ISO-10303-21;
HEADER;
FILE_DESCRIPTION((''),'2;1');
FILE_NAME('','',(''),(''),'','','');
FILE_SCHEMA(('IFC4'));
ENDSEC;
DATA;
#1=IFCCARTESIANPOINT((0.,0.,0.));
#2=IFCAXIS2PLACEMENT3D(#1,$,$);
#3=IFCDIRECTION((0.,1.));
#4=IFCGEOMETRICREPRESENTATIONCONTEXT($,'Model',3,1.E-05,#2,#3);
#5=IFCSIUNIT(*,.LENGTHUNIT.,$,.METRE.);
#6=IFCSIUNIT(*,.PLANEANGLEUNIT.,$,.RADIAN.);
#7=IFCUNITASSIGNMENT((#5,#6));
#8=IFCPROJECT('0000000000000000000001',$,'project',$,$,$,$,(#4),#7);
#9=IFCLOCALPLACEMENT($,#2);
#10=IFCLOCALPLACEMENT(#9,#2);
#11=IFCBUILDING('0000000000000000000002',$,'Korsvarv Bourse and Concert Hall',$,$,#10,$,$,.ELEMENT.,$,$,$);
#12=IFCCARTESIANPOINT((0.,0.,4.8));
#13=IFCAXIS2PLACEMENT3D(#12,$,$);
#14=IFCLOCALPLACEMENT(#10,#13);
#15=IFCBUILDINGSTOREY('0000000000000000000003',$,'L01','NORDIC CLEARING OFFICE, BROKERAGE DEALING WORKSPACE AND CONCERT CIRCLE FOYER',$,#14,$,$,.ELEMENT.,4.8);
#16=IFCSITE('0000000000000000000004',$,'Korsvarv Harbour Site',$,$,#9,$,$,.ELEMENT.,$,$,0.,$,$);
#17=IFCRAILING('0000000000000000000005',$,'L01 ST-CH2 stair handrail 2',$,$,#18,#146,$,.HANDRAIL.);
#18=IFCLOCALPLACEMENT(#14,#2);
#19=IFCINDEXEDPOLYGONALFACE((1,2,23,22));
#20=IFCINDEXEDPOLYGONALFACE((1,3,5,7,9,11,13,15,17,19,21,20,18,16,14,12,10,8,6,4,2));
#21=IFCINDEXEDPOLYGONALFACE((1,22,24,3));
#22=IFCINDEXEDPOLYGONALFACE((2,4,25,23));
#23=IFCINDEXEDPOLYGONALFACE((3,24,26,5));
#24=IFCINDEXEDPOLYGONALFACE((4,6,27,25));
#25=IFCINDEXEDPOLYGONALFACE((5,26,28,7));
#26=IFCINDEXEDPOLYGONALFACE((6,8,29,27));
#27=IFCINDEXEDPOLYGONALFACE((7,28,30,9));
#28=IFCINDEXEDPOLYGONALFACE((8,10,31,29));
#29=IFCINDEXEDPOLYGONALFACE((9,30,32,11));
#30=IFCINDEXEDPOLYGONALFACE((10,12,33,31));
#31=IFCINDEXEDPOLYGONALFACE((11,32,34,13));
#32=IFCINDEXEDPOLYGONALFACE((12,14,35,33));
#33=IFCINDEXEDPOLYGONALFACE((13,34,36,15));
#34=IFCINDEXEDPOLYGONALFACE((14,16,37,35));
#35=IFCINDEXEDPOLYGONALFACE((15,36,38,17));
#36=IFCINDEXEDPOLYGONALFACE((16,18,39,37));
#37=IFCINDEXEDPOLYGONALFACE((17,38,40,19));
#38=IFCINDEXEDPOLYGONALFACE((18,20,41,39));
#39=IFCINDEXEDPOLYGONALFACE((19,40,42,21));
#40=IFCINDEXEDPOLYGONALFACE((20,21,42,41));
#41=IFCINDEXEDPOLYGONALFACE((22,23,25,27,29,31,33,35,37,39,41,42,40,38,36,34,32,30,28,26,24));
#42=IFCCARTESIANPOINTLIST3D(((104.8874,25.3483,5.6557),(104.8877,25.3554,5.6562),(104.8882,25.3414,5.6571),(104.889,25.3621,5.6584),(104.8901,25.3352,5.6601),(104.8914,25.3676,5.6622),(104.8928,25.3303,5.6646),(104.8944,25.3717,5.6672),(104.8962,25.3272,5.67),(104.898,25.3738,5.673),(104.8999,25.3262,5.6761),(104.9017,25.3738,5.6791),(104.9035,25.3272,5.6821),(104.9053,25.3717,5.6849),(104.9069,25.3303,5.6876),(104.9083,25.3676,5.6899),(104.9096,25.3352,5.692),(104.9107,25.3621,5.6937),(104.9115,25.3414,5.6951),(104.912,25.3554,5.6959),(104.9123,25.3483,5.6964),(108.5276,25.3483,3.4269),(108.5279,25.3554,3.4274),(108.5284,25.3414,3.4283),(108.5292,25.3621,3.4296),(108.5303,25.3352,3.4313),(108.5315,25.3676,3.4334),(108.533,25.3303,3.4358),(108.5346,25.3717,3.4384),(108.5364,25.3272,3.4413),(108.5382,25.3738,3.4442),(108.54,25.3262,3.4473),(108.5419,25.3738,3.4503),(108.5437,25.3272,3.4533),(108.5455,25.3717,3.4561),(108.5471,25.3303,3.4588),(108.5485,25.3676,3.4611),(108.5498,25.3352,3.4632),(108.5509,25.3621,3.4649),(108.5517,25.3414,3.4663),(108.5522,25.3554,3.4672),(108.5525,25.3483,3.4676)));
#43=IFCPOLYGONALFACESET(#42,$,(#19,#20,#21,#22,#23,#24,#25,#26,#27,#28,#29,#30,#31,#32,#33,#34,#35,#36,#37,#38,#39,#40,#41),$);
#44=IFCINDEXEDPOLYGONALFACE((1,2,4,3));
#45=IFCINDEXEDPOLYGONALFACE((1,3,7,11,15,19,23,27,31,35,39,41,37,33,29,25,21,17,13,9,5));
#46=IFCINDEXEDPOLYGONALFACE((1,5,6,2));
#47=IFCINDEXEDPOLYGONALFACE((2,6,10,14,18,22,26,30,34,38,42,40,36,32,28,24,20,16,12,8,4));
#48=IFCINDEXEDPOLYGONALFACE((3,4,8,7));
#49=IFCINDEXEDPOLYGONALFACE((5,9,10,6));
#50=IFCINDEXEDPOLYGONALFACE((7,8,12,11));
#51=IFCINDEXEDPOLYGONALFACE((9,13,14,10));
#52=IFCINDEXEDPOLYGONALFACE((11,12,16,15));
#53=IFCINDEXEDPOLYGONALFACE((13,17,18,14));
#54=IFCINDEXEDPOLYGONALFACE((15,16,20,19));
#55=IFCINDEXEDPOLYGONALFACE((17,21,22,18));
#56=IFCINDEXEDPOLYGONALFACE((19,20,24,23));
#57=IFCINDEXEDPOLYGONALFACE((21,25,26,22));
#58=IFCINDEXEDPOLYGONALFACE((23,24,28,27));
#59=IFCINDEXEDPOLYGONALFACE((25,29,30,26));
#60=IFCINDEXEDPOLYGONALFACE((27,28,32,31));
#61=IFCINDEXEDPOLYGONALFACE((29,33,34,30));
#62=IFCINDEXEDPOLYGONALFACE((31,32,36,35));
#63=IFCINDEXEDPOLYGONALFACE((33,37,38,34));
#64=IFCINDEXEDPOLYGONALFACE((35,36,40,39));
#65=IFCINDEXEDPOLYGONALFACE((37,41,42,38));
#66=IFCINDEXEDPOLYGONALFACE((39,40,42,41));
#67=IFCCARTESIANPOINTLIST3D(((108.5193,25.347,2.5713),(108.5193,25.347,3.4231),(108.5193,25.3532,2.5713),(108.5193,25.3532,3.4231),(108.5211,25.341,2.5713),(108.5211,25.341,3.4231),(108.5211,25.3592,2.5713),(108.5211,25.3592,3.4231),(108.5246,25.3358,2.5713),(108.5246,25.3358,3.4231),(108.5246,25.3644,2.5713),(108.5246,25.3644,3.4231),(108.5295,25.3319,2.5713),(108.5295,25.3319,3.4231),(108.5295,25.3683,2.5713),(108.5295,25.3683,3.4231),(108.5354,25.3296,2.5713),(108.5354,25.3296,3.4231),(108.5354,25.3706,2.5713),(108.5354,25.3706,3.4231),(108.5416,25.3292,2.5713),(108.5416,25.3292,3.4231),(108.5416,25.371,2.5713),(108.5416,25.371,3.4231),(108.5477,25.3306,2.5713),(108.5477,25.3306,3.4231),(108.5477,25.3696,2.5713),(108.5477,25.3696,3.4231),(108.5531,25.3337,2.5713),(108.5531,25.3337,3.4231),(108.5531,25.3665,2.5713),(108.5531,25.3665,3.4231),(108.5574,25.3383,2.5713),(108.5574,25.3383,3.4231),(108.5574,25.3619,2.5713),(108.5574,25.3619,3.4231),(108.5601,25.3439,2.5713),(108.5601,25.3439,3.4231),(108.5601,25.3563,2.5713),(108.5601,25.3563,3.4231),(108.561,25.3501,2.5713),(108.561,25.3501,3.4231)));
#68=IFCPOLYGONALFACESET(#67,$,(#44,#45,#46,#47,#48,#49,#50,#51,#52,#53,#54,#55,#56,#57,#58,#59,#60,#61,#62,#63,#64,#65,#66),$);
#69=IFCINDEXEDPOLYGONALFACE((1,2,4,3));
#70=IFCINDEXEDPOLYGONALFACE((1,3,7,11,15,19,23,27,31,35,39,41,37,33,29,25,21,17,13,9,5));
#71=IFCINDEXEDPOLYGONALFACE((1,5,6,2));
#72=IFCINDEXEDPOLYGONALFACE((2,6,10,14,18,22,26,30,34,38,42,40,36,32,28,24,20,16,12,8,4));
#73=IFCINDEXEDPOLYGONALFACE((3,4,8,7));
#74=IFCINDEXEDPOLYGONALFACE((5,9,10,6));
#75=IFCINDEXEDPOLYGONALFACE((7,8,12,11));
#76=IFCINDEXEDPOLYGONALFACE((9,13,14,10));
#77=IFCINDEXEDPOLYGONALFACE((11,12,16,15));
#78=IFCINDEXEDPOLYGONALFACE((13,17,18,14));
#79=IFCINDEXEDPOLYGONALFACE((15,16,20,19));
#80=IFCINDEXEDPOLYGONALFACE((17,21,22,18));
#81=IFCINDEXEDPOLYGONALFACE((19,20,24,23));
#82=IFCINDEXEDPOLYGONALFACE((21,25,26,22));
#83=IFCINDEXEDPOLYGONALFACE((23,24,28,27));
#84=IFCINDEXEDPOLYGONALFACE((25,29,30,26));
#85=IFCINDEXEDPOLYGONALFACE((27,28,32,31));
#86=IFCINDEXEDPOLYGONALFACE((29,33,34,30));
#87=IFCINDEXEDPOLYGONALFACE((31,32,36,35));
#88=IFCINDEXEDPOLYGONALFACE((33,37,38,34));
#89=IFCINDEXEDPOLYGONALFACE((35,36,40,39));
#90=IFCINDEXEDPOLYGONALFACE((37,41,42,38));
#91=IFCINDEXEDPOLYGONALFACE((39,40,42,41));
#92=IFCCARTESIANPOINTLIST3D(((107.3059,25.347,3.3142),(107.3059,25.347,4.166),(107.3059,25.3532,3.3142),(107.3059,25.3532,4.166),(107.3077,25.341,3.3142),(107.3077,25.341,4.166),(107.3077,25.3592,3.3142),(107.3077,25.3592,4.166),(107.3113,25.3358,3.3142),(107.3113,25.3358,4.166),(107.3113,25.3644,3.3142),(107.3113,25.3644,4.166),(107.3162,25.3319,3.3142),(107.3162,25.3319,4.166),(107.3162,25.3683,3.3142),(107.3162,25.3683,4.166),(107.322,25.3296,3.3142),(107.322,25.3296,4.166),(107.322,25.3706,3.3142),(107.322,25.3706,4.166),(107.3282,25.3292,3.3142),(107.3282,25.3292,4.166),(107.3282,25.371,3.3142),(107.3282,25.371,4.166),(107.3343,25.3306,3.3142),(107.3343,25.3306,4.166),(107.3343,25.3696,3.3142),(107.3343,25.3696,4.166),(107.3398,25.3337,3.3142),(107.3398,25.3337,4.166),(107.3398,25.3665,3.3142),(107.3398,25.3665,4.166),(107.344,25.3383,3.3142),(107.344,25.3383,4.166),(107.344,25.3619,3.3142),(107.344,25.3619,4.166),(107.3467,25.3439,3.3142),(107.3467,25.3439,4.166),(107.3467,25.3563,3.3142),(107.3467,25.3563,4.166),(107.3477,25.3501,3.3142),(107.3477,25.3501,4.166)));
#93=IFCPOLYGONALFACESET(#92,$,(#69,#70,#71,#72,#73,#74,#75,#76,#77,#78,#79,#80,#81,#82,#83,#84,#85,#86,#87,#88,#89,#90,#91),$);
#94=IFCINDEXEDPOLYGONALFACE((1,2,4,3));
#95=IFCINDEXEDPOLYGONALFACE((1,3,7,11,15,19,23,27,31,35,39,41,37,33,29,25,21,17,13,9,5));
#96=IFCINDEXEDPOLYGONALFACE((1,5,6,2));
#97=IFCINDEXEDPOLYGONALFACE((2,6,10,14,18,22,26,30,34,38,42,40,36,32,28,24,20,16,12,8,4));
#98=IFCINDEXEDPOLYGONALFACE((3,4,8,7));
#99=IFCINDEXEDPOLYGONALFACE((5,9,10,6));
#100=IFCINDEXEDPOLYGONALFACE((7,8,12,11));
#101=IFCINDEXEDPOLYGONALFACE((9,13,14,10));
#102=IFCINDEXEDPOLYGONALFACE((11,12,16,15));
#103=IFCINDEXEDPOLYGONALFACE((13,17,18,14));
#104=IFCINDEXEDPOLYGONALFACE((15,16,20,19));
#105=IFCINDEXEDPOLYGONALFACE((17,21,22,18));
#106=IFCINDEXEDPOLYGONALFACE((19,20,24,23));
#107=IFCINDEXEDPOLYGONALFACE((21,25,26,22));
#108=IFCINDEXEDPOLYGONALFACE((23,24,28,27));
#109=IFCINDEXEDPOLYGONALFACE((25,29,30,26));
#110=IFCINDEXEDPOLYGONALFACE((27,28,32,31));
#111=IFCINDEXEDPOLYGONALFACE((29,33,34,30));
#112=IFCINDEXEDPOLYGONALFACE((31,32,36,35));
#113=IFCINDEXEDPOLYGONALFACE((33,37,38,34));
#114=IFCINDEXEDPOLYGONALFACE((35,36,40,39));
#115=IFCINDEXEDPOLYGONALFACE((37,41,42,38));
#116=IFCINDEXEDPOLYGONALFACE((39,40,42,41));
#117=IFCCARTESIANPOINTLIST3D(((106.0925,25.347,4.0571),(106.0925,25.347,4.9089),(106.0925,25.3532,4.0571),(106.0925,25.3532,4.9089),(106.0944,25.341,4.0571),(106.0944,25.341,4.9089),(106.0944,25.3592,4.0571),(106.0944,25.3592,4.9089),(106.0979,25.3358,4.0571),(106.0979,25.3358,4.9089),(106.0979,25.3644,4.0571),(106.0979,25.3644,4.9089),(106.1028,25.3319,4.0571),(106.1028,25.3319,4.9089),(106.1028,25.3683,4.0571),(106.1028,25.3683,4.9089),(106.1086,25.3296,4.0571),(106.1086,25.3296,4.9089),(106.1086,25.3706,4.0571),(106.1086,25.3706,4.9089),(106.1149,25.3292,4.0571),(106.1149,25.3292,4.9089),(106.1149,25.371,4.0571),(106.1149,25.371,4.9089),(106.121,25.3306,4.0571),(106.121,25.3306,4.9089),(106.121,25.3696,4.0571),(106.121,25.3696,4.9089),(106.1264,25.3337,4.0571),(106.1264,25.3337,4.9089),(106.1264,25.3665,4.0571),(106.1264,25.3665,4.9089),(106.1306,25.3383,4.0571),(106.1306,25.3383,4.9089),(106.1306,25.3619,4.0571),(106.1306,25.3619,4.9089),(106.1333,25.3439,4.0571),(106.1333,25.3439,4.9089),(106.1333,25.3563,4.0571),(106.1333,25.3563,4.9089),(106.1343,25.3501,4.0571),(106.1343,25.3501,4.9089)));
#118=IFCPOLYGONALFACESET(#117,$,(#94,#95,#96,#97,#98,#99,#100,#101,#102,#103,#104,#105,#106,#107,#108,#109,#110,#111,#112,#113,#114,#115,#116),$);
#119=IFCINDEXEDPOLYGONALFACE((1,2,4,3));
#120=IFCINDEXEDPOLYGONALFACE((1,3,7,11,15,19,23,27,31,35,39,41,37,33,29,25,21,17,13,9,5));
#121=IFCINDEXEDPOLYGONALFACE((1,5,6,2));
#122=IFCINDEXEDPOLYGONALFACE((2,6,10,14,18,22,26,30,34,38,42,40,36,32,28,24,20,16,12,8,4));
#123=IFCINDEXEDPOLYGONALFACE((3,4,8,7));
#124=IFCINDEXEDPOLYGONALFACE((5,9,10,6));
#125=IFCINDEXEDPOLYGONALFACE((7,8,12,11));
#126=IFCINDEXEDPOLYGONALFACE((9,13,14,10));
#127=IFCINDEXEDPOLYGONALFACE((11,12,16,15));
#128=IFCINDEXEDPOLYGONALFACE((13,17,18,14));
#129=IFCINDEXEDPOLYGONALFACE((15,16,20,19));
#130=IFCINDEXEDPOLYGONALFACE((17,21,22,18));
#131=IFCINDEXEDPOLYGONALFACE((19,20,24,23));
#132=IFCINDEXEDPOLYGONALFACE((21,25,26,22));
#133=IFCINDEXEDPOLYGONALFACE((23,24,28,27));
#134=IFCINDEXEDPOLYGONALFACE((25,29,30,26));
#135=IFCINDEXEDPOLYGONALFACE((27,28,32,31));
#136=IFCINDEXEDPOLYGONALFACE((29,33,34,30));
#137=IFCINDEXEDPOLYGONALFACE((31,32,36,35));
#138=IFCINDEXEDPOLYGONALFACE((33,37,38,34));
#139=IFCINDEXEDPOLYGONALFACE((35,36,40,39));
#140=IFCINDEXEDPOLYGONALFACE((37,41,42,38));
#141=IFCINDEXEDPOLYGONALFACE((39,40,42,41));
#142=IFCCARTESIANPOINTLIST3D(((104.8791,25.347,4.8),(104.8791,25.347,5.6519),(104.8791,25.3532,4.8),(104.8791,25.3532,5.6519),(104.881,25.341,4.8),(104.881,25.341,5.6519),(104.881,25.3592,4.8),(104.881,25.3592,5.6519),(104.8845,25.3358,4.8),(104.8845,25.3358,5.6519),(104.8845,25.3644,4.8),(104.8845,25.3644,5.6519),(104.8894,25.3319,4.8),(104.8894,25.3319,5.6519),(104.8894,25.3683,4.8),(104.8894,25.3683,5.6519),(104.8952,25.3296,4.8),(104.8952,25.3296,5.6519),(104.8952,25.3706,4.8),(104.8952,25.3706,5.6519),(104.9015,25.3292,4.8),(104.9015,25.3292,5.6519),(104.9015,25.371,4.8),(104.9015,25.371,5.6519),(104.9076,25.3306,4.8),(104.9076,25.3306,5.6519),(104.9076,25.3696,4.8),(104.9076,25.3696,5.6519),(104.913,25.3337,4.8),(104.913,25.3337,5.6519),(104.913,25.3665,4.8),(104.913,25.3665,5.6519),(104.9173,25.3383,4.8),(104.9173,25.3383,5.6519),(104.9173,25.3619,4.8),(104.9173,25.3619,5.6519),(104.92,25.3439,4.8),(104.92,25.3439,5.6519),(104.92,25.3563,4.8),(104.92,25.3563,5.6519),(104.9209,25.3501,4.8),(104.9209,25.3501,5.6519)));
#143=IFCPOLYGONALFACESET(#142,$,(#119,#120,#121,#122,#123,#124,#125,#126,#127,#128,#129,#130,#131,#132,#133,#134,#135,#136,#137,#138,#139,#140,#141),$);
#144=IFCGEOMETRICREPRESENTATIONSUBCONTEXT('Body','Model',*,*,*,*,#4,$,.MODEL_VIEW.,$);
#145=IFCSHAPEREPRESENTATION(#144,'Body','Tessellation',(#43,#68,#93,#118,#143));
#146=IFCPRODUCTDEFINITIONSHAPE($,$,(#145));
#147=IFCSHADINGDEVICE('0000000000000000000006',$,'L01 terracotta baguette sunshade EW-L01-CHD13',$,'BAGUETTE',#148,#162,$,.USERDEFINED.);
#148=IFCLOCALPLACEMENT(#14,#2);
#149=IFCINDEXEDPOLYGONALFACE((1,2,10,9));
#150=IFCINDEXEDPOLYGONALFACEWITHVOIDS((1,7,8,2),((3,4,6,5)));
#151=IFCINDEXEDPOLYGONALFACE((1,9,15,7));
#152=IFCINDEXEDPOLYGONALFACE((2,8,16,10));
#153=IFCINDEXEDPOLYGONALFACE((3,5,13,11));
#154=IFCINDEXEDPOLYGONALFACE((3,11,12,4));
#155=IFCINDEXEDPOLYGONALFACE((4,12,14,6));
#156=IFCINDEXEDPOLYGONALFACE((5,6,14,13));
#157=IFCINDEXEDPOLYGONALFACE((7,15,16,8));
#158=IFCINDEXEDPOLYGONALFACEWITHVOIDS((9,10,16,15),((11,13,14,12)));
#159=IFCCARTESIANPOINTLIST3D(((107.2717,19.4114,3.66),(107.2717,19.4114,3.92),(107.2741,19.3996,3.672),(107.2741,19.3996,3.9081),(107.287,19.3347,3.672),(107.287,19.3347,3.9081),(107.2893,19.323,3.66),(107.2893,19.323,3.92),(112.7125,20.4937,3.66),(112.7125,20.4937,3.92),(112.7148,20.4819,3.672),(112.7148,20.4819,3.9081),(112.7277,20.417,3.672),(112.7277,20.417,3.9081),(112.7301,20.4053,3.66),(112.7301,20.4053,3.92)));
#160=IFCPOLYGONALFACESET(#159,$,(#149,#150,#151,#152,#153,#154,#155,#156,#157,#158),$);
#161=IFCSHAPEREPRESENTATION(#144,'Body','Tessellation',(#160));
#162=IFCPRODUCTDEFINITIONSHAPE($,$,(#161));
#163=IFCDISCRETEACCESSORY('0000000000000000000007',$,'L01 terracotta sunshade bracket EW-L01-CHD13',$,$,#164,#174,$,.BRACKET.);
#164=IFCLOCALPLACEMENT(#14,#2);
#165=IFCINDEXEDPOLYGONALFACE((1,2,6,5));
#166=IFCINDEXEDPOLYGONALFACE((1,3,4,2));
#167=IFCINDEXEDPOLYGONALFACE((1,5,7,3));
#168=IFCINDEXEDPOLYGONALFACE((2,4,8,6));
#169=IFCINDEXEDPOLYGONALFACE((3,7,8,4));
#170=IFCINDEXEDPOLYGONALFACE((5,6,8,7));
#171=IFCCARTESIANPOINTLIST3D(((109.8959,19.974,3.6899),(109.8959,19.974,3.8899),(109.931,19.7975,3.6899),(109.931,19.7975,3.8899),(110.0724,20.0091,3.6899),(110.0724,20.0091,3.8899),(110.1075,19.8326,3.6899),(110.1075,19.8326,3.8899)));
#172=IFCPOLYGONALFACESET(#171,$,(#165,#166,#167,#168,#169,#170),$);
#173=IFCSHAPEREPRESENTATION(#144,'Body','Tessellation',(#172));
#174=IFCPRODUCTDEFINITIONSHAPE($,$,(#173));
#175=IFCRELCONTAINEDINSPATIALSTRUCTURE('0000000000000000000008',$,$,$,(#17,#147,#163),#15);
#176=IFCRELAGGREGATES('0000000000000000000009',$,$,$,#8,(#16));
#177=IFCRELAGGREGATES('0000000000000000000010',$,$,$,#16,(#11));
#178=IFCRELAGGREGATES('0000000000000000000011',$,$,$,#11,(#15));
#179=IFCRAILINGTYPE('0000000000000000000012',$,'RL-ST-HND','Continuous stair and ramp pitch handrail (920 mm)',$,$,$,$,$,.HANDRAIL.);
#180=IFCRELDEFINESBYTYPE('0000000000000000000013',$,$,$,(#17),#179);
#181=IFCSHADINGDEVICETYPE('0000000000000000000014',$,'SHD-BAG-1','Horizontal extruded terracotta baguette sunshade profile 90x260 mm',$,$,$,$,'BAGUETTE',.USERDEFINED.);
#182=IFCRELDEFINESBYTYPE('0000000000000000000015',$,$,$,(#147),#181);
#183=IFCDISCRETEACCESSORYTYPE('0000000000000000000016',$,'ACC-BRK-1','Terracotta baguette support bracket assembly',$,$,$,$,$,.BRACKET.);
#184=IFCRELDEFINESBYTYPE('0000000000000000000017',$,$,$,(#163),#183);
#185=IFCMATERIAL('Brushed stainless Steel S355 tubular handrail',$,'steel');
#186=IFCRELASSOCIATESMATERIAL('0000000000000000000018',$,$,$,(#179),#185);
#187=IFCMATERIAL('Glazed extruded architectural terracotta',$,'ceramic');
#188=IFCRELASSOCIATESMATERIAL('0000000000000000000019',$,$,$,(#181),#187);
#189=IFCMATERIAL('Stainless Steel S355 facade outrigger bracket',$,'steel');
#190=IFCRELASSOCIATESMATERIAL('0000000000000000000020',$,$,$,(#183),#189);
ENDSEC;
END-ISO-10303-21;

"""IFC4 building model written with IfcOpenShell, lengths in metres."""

from ifc_helpers import new_model, si_unit, direction, frame, origin, origin_2d, place, context, subcontext, project, spatial, rectangle, hollow_rectangle, circle, extrude, source, transform, mapped, material, material_profile, profile_set, type_object, element, save


model = new_model("IFC4")

# Units and contexts
model_context = context("Model", 3, precision=1e-05, world=origin(), true_north=direction((0.0, 1.0)))
body_context = subcontext(model_context, "Body", "Model", "MODEL_VIEW")
ifc_project = project(units=[si_unit("LENGTHUNIT", "METRE"), si_unit("PLANEANGLEUNIT", "RADIAN")], contexts=[model_context])

# Site, building, storey
site_placement = place(None, origin())
site = spatial("IfcSite", under=ifc_project, at=site_placement, Name="Korsvarv Harbour Site", CompositionType="ELEMENT", RefElevation=0.0)
building_placement = place(site_placement, origin())
building = spatial("IfcBuilding", under=site, at=building_placement, Name="Korsvarv Bourse and Concert Hall", CompositionType="ELEMENT")
storey_placement = place(building_placement, frame((0.0, 0.0, 4.8)))
storey = spatial("IfcBuildingStorey", under=building, at=storey_placement, Name="L01", Description="NORDIC CLEARING OFFICE, BROKERAGE DEALING WORKSPACE AND CONCERT CIRCLE FOYER", CompositionType="ELEMENT", Elevation=4.8)

# Railing
ifc_material_1 = material(Name="Brushed stainless Steel S355 tubular handrail", Category="steel")
railing_type_1 = type_object("IfcRailingType", Name="RL-ST-HND", Description="Continuous stair and ramp pitch handrail (920 mm)", PredefinedType="HANDRAIL", material=ifc_material_1)
railing_1_placement = place(storey_placement, frame((108.54, 25.3501, 2.5713)))
element("IfcRailing", 1, at=railing_1_placement, inside=storey, type_object=railing_type_1, Name="L01 ST-CH2 stair handrail 2", PredefinedType="HANDRAIL", context=body_context, shape_type="SweptSolid", body=[
    extrude(circle(Radius=0.0239, at=origin_2d()), frame((0.0, 0.0, 0.876), z_axis=(-0.85284, 0.0, 0.522172), x_axis=(0.0, -1.0, 0.0)), (0.0, 0.0, 1.0), 4.2683),
    extrude(circle(Radius=0.021, at=origin_2d()), origin(), (0.0, 0.0, 1.0), 0.8518),
    extrude(circle(Radius=0.021, at=origin_2d()), frame((-1.2134, 0.0, 0.7429)), (0.0, 0.0, 1.0), 0.8518),
    extrude(circle(Radius=0.021, at=origin_2d()), frame((-2.4268, 0.0, 1.4858)), (0.0, 0.0, 1.0), 0.8518),
    extrude(circle(Radius=0.021, at=origin_2d()), frame((-3.6401, 0.0, 2.2288)), (0.0, 0.0, 1.0), 0.8518),
])

# Shading device
ifc_material_2 = material(Name="Glazed extruded architectural terracotta", Category="ceramic")
ifc_material_profile_1 = material_profile(ifc_material_2, hollow_rectangle(XDim=0.0901, YDim=0.26, WallThickness=0.012, at=origin_2d()), Name="TC-BAG 90x260")
ifc_profile_set_1 = profile_set([ifc_material_profile_1], Name="Glazed extruded architectural terracotta")
shading_device_type = type_object("IfcShadingDeviceType", Name="SHD-BAG-1", Description="Horizontal extruded terracotta baguette sunshade profile 90x260 mm", ElementType="BAGUETTE", PredefinedType="USERDEFINED", material=ifc_profile_set_1)
shared_shape_1 = source(origin(), body_context, "Body", "SweptSolid", [
    extrude(hollow_rectangle(XDim=0.0901, YDim=0.26, WallThickness=0.012, at=origin_2d()), origin(), (0.0, 0.0, 1.0), 5.5474),
])
shading_device_placement = place(storey_placement, frame((107.2805, 19.3672, 3.79), z_axis=(0.980783, 0.1951, 0.0), x_axis=(-0.1951, 0.980783, 0.0)))
element("IfcShadingDevice", 2, at=shading_device_placement, inside=storey, type_object=shading_device_type, Name="L01 terracotta baguette sunshade EW-L01-CHD13", ObjectType="BAGUETTE", PredefinedType="USERDEFINED", context=body_context, shape_type="MappedRepresentation", body=[
    mapped(shared_shape_1, transform((0.0, 0.0, 0.0), scale=1.0)),
])

# Discrete accessory
ifc_material_3 = material(Name="Stainless Steel S355 facade outrigger bracket", Category="steel")
discrete_accessory_type = type_object("IfcDiscreteAccessoryType", Name="ACC-BRK-1", Description="Terracotta baguette support bracket assembly", PredefinedType="BRACKET", material=ifc_material_3)
shared_shape_2 = source(origin(), body_context, "Body", "SweptSolid", [
    extrude(rectangle(XDim=0.1799, YDim=0.1799, at=origin_2d()), origin(), (0.0, 0.0, 1.0), 0.2),
])
discrete_accessory_placement = place(storey_placement, frame((110.0017, 19.9033, 3.6899), z_axis=(0.0, 0.0, 1.0), x_axis=(0.980785, 0.19509, 0.0)))
element("IfcDiscreteAccessory", 3, at=discrete_accessory_placement, inside=storey, type_object=discrete_accessory_type, Name="L01 terracotta sunshade bracket EW-L01-CHD13", PredefinedType="BRACKET", context=body_context, shape_type="MappedRepresentation", body=[
    mapped(shared_shape_2, transform((0.0, 0.0, 0.0), scale=1.0)),
])

save(model, "model.ifc")
